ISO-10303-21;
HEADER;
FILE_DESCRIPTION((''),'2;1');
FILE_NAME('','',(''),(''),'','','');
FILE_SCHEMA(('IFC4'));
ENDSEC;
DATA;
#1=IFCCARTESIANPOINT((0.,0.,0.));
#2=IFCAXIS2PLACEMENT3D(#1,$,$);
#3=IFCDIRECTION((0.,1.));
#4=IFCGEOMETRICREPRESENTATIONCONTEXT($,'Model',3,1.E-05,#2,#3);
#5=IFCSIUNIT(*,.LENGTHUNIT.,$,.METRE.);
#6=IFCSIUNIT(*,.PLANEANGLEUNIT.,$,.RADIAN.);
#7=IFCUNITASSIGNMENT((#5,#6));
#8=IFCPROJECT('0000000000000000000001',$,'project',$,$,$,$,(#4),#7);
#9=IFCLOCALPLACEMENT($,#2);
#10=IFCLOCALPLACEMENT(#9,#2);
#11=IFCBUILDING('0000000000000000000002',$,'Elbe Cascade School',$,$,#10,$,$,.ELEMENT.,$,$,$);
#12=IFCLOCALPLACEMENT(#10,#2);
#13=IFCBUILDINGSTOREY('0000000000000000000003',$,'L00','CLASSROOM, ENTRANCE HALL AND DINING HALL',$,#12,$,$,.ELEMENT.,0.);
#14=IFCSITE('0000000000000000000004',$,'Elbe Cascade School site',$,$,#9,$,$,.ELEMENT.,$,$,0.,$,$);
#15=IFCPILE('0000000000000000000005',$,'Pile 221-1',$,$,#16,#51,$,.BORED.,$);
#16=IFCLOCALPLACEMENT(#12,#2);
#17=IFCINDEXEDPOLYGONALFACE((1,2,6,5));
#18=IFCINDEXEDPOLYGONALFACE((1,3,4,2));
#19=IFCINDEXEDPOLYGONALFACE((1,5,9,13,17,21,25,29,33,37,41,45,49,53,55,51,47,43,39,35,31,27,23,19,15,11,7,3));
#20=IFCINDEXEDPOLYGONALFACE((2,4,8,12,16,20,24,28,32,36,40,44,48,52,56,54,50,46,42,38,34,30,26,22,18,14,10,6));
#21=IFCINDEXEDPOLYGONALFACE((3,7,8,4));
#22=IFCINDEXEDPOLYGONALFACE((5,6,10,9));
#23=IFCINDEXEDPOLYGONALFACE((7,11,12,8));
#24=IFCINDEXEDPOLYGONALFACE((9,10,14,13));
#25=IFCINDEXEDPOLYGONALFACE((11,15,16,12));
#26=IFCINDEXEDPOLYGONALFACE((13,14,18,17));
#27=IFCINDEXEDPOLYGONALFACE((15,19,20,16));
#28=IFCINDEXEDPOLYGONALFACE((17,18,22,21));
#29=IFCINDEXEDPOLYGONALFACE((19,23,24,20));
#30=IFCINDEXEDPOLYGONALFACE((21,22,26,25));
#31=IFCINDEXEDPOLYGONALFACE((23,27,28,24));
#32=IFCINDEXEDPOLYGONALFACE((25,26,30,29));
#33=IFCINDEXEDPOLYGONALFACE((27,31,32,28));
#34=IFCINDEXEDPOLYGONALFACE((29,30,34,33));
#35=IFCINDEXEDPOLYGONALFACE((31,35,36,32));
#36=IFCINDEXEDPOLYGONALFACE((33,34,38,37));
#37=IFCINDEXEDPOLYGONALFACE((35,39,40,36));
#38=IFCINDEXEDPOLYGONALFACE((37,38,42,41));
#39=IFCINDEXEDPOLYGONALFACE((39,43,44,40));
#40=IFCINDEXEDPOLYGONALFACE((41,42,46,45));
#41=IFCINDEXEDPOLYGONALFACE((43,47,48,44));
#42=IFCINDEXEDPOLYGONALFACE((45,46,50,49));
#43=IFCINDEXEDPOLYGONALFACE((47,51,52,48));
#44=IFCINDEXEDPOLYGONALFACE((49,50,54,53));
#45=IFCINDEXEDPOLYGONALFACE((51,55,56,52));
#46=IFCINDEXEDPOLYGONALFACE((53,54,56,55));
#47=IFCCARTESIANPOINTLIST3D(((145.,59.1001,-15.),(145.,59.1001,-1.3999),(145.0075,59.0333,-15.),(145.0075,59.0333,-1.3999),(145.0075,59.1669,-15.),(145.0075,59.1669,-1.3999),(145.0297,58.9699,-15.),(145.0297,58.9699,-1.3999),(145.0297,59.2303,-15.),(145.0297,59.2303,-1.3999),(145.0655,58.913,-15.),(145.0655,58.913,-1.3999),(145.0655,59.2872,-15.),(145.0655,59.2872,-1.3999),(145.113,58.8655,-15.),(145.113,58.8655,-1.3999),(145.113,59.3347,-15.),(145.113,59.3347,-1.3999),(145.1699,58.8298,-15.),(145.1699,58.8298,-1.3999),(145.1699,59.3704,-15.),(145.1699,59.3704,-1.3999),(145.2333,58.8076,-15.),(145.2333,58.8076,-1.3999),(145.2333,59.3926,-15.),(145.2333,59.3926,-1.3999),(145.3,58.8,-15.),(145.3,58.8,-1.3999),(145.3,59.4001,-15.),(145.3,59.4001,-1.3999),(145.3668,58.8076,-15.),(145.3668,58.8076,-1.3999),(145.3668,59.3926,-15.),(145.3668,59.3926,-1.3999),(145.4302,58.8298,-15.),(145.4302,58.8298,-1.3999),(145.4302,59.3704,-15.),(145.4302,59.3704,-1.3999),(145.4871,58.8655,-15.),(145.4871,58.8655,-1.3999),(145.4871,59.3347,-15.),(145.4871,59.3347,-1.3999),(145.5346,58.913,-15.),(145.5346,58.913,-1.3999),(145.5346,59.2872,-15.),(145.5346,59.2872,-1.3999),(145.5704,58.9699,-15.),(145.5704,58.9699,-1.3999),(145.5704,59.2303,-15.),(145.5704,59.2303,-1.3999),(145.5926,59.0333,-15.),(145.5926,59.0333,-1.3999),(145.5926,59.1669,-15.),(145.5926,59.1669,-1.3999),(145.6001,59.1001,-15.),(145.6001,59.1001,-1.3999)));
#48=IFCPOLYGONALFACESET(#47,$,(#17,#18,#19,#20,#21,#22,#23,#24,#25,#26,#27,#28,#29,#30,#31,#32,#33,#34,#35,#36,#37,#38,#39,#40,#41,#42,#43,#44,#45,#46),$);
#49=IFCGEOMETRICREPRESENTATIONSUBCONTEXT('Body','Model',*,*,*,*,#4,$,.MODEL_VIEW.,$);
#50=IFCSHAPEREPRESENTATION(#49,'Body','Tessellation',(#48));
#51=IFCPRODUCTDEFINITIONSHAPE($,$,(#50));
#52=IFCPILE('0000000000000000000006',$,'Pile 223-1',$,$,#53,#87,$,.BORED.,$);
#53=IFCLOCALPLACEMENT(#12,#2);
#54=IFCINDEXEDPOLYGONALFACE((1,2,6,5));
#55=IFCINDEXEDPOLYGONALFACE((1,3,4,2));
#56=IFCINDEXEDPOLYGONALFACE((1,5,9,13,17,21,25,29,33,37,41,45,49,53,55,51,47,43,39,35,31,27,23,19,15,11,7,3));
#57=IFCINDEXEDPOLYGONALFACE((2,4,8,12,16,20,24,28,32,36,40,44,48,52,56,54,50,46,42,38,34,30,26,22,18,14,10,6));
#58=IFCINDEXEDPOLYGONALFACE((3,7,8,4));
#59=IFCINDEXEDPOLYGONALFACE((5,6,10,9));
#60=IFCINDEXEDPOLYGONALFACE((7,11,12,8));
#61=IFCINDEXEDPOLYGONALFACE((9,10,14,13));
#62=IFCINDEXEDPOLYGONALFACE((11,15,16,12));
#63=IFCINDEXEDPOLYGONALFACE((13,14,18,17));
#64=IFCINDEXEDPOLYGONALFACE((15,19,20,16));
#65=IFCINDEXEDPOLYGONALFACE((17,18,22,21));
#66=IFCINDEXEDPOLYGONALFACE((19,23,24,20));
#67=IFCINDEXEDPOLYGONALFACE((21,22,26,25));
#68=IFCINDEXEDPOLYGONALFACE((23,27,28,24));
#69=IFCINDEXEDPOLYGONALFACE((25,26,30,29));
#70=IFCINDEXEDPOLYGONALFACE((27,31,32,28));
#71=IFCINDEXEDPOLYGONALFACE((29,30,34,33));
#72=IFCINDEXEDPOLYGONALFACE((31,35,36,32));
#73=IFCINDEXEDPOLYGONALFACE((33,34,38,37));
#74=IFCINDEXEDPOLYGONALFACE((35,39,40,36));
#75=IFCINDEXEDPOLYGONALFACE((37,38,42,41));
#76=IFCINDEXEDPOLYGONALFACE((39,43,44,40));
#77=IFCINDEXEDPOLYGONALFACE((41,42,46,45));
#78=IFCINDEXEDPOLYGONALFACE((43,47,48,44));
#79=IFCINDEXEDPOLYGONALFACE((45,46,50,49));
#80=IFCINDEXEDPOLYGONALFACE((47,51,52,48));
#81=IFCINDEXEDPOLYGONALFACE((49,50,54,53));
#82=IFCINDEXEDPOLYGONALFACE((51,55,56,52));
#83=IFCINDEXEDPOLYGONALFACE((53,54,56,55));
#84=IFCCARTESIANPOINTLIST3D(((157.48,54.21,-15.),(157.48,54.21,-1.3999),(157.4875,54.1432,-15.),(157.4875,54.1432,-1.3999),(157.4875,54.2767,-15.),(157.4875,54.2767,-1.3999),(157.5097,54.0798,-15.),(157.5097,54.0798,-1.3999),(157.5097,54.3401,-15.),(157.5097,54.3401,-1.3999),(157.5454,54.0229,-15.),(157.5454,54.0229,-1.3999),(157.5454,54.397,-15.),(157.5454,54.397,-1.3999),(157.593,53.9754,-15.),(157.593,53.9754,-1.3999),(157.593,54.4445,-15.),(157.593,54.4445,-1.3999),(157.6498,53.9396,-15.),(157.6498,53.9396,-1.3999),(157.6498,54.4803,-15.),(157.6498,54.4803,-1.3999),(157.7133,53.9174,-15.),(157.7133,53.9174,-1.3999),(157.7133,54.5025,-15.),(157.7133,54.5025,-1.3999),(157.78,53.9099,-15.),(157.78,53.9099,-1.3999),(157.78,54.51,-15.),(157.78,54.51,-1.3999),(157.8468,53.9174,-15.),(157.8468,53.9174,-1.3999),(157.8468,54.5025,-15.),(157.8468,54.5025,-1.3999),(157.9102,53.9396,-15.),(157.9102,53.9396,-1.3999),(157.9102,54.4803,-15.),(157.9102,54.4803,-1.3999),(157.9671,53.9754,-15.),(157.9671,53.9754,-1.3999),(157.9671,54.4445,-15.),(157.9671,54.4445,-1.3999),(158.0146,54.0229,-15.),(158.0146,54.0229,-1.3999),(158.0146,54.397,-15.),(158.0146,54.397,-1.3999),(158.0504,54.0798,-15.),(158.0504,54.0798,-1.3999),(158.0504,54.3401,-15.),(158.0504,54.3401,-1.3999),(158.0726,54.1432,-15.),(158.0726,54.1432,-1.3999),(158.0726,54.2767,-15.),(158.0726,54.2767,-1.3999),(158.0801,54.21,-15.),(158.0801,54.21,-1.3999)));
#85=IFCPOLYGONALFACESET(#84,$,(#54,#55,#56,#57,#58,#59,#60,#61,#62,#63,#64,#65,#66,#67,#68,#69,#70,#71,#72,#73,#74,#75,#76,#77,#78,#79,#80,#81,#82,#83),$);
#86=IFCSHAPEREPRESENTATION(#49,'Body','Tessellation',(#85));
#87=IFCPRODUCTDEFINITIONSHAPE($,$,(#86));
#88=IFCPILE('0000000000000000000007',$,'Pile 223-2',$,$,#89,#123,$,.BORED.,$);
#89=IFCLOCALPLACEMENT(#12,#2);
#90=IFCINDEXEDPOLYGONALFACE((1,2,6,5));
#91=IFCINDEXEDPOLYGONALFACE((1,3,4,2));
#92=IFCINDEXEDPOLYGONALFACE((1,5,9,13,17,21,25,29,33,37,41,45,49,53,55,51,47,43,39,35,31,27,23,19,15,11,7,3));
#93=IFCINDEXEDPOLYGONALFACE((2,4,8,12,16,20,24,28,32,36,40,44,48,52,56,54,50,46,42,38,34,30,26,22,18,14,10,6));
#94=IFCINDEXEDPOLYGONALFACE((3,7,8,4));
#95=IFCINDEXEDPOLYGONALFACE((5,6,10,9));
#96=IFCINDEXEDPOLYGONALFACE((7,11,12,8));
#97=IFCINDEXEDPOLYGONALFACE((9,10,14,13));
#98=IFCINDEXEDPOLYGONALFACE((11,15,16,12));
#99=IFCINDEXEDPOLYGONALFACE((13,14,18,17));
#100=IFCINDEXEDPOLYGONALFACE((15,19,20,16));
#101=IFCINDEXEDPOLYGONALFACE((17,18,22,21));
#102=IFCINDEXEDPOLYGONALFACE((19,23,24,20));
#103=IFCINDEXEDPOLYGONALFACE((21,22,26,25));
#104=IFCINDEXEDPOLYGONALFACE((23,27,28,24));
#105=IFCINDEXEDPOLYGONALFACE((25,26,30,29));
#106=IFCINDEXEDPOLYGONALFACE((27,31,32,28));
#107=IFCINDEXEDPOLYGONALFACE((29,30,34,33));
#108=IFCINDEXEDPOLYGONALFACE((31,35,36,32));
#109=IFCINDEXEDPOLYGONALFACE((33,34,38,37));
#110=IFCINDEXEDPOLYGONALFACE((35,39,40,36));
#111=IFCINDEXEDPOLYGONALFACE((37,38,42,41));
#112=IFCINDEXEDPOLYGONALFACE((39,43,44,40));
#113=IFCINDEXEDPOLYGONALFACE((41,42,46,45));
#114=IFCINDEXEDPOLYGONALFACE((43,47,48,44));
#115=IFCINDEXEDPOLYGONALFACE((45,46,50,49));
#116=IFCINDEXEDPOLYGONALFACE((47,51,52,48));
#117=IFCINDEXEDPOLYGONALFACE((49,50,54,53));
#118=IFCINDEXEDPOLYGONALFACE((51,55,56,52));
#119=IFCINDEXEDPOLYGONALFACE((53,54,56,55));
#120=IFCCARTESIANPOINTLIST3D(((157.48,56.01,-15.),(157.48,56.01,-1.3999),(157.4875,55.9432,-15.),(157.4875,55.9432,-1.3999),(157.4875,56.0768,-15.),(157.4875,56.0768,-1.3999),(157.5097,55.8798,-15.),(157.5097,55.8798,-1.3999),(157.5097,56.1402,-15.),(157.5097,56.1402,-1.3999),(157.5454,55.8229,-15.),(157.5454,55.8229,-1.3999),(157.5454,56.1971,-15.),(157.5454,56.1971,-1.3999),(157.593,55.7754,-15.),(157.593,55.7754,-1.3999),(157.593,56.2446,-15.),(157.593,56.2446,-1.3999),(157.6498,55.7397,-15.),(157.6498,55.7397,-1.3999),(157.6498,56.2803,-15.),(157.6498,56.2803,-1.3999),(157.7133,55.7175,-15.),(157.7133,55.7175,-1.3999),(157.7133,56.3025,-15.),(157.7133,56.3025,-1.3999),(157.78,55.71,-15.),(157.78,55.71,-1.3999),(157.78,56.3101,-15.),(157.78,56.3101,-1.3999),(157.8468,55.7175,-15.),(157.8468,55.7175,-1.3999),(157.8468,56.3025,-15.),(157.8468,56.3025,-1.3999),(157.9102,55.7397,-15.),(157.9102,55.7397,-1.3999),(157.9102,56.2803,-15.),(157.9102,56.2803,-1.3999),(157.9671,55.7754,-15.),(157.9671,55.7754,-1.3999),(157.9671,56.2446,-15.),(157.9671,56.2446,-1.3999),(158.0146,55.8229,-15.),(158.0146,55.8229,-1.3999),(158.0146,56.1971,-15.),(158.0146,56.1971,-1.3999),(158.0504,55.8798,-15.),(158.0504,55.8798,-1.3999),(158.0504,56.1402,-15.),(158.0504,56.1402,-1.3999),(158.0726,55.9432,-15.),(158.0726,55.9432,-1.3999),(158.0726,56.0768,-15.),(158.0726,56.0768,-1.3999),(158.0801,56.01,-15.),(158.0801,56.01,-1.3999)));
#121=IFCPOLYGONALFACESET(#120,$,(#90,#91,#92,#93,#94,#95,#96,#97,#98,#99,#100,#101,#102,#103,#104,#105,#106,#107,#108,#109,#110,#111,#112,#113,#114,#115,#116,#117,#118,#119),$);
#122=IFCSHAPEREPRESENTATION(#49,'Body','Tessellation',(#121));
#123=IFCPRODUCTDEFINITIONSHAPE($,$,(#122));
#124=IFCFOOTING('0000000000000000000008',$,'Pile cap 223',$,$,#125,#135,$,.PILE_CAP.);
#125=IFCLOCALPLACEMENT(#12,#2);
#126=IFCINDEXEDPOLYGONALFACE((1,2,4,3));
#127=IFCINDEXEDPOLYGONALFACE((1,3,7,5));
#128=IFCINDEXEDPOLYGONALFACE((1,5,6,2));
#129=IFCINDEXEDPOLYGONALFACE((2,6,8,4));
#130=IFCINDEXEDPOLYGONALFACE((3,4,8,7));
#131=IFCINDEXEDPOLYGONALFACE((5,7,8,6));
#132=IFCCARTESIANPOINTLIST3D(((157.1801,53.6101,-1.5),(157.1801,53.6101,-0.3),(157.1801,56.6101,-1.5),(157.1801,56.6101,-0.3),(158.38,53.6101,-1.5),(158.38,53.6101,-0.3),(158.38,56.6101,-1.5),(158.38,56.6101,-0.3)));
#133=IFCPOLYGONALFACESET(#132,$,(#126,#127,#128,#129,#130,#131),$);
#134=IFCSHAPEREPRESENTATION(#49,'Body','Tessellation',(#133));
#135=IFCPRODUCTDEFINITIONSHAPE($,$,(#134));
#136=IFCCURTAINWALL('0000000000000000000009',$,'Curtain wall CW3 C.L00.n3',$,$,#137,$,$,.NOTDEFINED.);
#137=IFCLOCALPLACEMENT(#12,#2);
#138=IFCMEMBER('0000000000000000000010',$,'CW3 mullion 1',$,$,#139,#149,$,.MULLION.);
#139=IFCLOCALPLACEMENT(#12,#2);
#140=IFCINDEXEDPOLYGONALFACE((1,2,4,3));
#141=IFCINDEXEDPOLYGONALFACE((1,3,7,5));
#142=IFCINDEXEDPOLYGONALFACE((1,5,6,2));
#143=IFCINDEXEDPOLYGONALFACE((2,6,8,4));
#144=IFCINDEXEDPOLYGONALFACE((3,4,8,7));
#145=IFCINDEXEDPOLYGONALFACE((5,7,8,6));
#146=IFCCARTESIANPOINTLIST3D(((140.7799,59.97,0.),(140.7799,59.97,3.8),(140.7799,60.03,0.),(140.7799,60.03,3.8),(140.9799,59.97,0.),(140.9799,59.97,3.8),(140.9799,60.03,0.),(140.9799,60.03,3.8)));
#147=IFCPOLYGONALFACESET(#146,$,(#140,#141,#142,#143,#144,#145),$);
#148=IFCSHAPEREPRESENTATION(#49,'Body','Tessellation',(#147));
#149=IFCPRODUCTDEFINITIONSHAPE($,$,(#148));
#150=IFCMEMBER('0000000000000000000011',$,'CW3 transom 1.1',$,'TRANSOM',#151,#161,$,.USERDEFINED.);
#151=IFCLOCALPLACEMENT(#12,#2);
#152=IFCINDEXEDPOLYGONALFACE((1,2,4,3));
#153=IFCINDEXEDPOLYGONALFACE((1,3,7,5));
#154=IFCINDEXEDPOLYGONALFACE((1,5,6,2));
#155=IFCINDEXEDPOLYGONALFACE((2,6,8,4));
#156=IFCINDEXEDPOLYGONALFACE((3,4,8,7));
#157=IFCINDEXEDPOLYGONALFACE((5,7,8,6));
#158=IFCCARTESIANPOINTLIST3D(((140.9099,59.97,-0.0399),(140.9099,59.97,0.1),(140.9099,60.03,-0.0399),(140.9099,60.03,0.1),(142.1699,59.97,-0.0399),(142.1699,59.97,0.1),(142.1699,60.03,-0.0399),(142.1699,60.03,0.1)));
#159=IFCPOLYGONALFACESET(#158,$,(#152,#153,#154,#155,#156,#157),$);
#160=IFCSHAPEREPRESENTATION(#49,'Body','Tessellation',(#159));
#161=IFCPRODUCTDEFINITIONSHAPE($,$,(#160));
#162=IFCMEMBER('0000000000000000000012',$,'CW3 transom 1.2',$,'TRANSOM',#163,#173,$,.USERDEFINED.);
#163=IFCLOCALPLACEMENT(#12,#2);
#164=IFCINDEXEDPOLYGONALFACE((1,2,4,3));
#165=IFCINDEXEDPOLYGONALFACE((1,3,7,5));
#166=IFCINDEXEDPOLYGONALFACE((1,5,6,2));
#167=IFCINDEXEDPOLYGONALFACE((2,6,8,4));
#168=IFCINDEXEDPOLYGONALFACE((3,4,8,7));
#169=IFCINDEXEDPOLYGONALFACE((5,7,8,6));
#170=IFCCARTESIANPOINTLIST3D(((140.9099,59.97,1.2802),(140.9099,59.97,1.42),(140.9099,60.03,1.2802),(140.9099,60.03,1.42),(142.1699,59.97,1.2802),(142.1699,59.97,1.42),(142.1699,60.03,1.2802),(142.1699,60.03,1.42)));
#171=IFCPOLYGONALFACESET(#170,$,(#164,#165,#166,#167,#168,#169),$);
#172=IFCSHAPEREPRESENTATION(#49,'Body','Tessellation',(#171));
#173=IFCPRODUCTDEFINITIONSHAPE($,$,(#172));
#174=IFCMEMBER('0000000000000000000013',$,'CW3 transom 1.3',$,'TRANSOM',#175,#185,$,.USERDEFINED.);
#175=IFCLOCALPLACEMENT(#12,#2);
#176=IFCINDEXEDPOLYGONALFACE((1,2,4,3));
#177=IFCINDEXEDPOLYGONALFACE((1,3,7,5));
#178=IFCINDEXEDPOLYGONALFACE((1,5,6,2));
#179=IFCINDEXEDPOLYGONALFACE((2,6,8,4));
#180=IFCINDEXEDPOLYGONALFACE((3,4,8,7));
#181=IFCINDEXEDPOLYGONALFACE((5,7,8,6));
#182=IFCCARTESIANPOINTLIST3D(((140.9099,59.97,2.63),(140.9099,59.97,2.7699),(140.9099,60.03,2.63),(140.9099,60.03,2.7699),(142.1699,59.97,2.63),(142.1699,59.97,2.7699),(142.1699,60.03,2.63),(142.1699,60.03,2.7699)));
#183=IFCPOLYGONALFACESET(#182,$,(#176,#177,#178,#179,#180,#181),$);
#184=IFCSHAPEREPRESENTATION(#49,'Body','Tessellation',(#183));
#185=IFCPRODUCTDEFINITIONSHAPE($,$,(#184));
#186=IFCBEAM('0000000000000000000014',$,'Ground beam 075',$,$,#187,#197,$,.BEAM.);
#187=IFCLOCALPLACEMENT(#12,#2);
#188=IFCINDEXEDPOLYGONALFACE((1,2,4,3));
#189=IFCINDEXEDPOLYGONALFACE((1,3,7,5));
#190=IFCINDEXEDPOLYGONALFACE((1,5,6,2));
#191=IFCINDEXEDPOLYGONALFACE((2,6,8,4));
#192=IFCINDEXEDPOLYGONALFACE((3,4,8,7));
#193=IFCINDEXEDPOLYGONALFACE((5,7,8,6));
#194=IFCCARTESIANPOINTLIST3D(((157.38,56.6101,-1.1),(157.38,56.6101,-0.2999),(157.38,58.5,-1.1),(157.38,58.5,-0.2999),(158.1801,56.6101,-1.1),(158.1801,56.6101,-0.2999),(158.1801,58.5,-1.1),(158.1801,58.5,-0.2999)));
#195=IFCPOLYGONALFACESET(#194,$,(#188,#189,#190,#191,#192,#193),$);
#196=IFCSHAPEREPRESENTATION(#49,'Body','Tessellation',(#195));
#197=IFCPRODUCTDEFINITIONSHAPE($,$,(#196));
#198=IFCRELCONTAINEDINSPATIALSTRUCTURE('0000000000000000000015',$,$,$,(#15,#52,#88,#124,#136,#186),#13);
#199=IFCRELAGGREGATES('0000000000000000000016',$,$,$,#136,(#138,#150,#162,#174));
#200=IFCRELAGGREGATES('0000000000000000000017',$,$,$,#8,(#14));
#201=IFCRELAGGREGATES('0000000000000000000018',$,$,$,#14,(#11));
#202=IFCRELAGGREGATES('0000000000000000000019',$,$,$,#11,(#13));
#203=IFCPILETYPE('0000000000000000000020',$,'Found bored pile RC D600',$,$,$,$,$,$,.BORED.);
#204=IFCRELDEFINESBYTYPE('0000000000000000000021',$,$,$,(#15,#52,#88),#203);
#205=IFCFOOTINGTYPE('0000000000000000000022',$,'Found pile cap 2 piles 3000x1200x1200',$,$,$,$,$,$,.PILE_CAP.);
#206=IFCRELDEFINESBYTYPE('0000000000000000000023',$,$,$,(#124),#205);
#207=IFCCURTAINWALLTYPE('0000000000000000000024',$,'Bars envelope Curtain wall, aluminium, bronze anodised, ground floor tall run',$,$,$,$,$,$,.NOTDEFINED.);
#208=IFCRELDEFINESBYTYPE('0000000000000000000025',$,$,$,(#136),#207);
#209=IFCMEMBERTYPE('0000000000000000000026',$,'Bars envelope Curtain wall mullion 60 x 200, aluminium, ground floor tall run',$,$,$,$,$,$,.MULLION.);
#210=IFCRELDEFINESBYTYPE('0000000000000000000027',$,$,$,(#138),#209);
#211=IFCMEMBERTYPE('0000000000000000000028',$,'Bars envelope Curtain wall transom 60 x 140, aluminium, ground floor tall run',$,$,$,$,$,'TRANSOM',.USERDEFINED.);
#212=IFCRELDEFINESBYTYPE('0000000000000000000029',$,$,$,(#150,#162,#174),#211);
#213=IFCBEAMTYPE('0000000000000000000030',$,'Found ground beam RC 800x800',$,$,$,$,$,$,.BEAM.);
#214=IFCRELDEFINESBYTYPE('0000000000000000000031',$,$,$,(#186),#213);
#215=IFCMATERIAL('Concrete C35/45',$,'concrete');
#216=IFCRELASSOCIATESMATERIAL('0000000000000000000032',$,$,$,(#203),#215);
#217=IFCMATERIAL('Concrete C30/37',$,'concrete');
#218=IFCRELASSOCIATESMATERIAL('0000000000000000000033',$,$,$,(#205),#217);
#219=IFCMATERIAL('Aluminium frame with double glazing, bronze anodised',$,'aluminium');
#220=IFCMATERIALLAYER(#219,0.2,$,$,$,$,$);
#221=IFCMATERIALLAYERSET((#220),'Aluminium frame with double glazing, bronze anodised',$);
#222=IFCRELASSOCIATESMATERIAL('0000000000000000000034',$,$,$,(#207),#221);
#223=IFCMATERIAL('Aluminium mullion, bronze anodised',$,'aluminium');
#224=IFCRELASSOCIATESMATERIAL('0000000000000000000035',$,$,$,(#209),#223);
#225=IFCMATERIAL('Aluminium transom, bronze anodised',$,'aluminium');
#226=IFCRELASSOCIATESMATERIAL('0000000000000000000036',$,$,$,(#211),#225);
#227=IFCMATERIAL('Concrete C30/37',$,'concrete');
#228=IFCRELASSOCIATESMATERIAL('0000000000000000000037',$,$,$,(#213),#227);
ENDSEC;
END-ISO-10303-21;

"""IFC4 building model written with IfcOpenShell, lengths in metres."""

from ifc_helpers import new_model, si_unit, direction, frame, origin, origin_2d, place, context, subcontext, project, spatial, rectangle, circle, extrude, material, layer, layer_set, material_profile, profile_set, type_object, element, aggregate, save


model = new_model("IFC4")

# Units and contexts
model_context = context("Model", 3, precision=1e-05, world=origin(), true_north=direction((0.0, 1.0)))
body_context = subcontext(model_context, "Body", "Model", "MODEL_VIEW")
ifc_project = project(units=[si_unit("LENGTHUNIT", "METRE"), si_unit("PLANEANGLEUNIT", "RADIAN")], contexts=[model_context])

# Site, building, storey
site_placement = place(None, origin())
site = spatial("IfcSite", under=ifc_project, at=site_placement, Name="Elbe Cascade School site", CompositionType="ELEMENT", RefElevation=0.0)
building_placement = place(site_placement, origin())
building = spatial("IfcBuilding", under=site, at=building_placement, Name="Elbe Cascade School", CompositionType="ELEMENT")
storey_placement = place(building_placement, origin())
storey = spatial("IfcBuildingStorey", under=building, at=storey_placement, Name="L00", Description="CLASSROOM, ENTRANCE HALL AND DINING HALL", CompositionType="ELEMENT", Elevation=0.0)

# Piles
ifc_material_1 = material(Name="Concrete C35/45", Category="concrete")
ifc_material_profile_1 = material_profile(ifc_material_1, circle(Radius=0.3, at=origin_2d()), Name="RC D600")
ifc_profile_set_1 = profile_set([ifc_material_profile_1], Name="Concrete C35/45")
pile_type = type_object("IfcPileType", Name="Found bored pile RC D600", PredefinedType="BORED", material=ifc_profile_set_1)
for number, where, z_axis, x_axis, name in (
    (1, (145.3, 59.1001, -1.3999), (0.0, 0.0, -1.0), (1.0, 0.0, 0.0), "Pile 221-1"),
    (2, (157.78, 54.21, -1.3999), (0.0, 0.0, -1.0), (1.0, 0.0, 0.0), "Pile 223-1"),
    (3, (157.78, 56.01, -1.3999), (0.0, 0.0, -1.0), (1.0, 0.0, 0.0), "Pile 223-2"),
):
    element("IfcPile", number, at=place(storey_placement, frame(where, z_axis=z_axis, x_axis=x_axis)), inside=storey, type_object=pile_type, Name=name, PredefinedType="BORED", context=body_context, shape_type="SweptSolid", body=[
        extrude(circle(Radius=0.3, at=origin_2d()), origin(), (0.0, 0.0, 1.0), 13.6001),
    ])

# Footing
ifc_material_2 = material(Name="Concrete C30/37", Category="concrete")
footing_type = type_object("IfcFootingType", Name="Found pile cap 2 piles 3000x1200x1200", PredefinedType="PILE_CAP", material=ifc_material_2)
footing_placement = place(storey_placement, frame((157.78, 55.1101, -1.5), z_axis=(0.0, 0.0, 1.0), x_axis=(1.0, 0.0, 0.0)))
element("IfcFooting", 4, at=footing_placement, inside=storey, type_object=footing_type, Name="Pile cap 223", PredefinedType="PILE_CAP", context=body_context, shape_type="SweptSolid", body=[
    extrude(rectangle(XDim=1.2, YDim=3.0, at=origin_2d()), origin(), (0.0, 0.0, 1.0), 1.2),
])

# Curtain wall, members
ifc_material_3 = material(Name="Aluminium frame with double glazing, bronze anodised", Category="aluminium")
ifc_layer_1 = layer(ifc_material_3, 0.2)
ifc_layer_set_1 = layer_set([ifc_layer_1], Name="Aluminium frame with double glazing, bronze anodised")
curtain_wall_type = type_object("IfcCurtainWallType", Name="Bars envelope Curtain wall, aluminium, bronze anodised, ground floor tall run", PredefinedType="NOTDEFINED", material=ifc_layer_set_1)
curtain_wall_placement = place(storey_placement, origin())
curtain_wall = element("IfcCurtainWall", 5, at=curtain_wall_placement, inside=storey, type_object=curtain_wall_type, Name="Curtain wall CW3 C.L00.n3", PredefinedType="NOTDEFINED")
ifc_material_4 = material(Name="Aluminium mullion, bronze anodised", Category="aluminium")
ifc_material_profile_2 = material_profile(ifc_material_4, rectangle(XDim=0.0601, YDim=0.2, at=origin_2d()), Name="Bars envelope Curtain wall mullion 60 x 200, aluminium, ground floor tall run")
ifc_profile_set_2 = profile_set([ifc_material_profile_2], Name="Aluminium mullion, bronze anodised")
member_type_1 = type_object("IfcMemberType", Name="Bars envelope Curtain wall mullion 60 x 200, aluminium, ground floor tall run", PredefinedType="MULLION", material=ifc_profile_set_2)
member_1_placement = place(storey_placement, frame((140.8799, 60.0, 0.0), z_axis=(0.0, 0.0, 1.0), x_axis=(0.0, 1.0, 0.0)))
member_1 = element("IfcMember", 6, at=member_1_placement, type_object=member_type_1, Name="CW3 mullion 1", PredefinedType="MULLION", context=body_context, shape_type="SweptSolid", body=[
    extrude(rectangle(XDim=0.0601, YDim=0.2, at=origin_2d()), origin(), (0.0, 0.0, 1.0), 3.8),
])
ifc_material_5 = material(Name="Aluminium transom, bronze anodised", Category="aluminium")
ifc_material_profile_3 = material_profile(ifc_material_5, rectangle(XDim=0.0601, YDim=0.1399, at=origin_2d()), Name="Bars envelope Curtain wall transom 60 x 140, aluminium, ground floor tall run")
ifc_profile_set_3 = profile_set([ifc_material_profile_3], Name="Aluminium transom, bronze anodised")
member_type_2 = type_object("IfcMemberType", Name="Bars envelope Curtain wall transom 60 x 140, aluminium, ground floor tall run", ElementType="TRANSOM", PredefinedType="USERDEFINED", material=ifc_profile_set_3)
member_2_placement = place(storey_placement, frame((140.9099, 60.0, 0.03), z_axis=(1.0, 0.0, 0.0), x_axis=(0.0, 1.0, 0.0)))
member_2 = element("IfcMember", 7, at=member_2_placement, type_object=member_type_2, Name="CW3 transom 1.1", ObjectType="TRANSOM", PredefinedType="USERDEFINED", context=body_context, shape_type="SweptSolid", body=[
    extrude(rectangle(XDim=0.0601, YDim=0.1399, at=origin_2d()), origin(), (0.0, 0.0, 1.0), 1.26),
])
member_3_placement = place(storey_placement, frame((140.9099, 60.0, 1.3501), z_axis=(1.0, 0.0, 0.0), x_axis=(0.0, 1.0, 0.0)))
member_3 = element("IfcMember", 8, at=member_3_placement, type_object=member_type_2, Name="CW3 transom 1.2", ObjectType="TRANSOM", PredefinedType="USERDEFINED", context=body_context, shape_type="SweptSolid", body=[
    extrude(rectangle(XDim=0.0601, YDim=0.1399, at=origin_2d()), origin(), (0.0, 0.0, 1.0), 1.26),
])
member_4_placement = place(storey_placement, frame((140.9099, 60.0, 2.7), z_axis=(1.0, 0.0, 0.0), x_axis=(0.0, 1.0, 0.0)))
member_4 = element("IfcMember", 9, at=member_4_placement, type_object=member_type_2, Name="CW3 transom 1.3", ObjectType="TRANSOM", PredefinedType="USERDEFINED", context=body_context, shape_type="SweptSolid", body=[
    extrude(rectangle(XDim=0.0601, YDim=0.1399, at=origin_2d()), origin(), (0.0, 0.0, 1.0), 1.26),
])
aggregate(curtain_wall, [member_1, member_2, member_3, member_4])

# Beam
ifc_material_6 = material(Name="Concrete C30/37", Category="concrete")
ifc_material_profile_4 = material_profile(ifc_material_6, rectangle(XDim=0.8, YDim=0.8, at=origin_2d()), Name="RC 800x800")
ifc_profile_set_4 = profile_set([ifc_material_profile_4], Name="Concrete C30/37")
beam_type = type_object("IfcBeamType", Name="Found ground beam RC 800x800", PredefinedType="BEAM", material=ifc_profile_set_4)
beam_placement = place(storey_placement, frame((157.78, 56.6101, -0.7), z_axis=(0.0, 1.0, 0.0), x_axis=(-1.0, 0.0, 0.0)))
element("IfcBeam", 10, at=beam_placement, inside=storey, type_object=beam_type, Name="Ground beam 075", PredefinedType="BEAM", context=body_context, shape_type="SweptSolid", body=[
    extrude(rectangle(XDim=0.8, YDim=0.8, at=origin_2d()), origin(), (0.0, 0.0, 1.0), 1.8899),
])

save(model, "model.ifc")
